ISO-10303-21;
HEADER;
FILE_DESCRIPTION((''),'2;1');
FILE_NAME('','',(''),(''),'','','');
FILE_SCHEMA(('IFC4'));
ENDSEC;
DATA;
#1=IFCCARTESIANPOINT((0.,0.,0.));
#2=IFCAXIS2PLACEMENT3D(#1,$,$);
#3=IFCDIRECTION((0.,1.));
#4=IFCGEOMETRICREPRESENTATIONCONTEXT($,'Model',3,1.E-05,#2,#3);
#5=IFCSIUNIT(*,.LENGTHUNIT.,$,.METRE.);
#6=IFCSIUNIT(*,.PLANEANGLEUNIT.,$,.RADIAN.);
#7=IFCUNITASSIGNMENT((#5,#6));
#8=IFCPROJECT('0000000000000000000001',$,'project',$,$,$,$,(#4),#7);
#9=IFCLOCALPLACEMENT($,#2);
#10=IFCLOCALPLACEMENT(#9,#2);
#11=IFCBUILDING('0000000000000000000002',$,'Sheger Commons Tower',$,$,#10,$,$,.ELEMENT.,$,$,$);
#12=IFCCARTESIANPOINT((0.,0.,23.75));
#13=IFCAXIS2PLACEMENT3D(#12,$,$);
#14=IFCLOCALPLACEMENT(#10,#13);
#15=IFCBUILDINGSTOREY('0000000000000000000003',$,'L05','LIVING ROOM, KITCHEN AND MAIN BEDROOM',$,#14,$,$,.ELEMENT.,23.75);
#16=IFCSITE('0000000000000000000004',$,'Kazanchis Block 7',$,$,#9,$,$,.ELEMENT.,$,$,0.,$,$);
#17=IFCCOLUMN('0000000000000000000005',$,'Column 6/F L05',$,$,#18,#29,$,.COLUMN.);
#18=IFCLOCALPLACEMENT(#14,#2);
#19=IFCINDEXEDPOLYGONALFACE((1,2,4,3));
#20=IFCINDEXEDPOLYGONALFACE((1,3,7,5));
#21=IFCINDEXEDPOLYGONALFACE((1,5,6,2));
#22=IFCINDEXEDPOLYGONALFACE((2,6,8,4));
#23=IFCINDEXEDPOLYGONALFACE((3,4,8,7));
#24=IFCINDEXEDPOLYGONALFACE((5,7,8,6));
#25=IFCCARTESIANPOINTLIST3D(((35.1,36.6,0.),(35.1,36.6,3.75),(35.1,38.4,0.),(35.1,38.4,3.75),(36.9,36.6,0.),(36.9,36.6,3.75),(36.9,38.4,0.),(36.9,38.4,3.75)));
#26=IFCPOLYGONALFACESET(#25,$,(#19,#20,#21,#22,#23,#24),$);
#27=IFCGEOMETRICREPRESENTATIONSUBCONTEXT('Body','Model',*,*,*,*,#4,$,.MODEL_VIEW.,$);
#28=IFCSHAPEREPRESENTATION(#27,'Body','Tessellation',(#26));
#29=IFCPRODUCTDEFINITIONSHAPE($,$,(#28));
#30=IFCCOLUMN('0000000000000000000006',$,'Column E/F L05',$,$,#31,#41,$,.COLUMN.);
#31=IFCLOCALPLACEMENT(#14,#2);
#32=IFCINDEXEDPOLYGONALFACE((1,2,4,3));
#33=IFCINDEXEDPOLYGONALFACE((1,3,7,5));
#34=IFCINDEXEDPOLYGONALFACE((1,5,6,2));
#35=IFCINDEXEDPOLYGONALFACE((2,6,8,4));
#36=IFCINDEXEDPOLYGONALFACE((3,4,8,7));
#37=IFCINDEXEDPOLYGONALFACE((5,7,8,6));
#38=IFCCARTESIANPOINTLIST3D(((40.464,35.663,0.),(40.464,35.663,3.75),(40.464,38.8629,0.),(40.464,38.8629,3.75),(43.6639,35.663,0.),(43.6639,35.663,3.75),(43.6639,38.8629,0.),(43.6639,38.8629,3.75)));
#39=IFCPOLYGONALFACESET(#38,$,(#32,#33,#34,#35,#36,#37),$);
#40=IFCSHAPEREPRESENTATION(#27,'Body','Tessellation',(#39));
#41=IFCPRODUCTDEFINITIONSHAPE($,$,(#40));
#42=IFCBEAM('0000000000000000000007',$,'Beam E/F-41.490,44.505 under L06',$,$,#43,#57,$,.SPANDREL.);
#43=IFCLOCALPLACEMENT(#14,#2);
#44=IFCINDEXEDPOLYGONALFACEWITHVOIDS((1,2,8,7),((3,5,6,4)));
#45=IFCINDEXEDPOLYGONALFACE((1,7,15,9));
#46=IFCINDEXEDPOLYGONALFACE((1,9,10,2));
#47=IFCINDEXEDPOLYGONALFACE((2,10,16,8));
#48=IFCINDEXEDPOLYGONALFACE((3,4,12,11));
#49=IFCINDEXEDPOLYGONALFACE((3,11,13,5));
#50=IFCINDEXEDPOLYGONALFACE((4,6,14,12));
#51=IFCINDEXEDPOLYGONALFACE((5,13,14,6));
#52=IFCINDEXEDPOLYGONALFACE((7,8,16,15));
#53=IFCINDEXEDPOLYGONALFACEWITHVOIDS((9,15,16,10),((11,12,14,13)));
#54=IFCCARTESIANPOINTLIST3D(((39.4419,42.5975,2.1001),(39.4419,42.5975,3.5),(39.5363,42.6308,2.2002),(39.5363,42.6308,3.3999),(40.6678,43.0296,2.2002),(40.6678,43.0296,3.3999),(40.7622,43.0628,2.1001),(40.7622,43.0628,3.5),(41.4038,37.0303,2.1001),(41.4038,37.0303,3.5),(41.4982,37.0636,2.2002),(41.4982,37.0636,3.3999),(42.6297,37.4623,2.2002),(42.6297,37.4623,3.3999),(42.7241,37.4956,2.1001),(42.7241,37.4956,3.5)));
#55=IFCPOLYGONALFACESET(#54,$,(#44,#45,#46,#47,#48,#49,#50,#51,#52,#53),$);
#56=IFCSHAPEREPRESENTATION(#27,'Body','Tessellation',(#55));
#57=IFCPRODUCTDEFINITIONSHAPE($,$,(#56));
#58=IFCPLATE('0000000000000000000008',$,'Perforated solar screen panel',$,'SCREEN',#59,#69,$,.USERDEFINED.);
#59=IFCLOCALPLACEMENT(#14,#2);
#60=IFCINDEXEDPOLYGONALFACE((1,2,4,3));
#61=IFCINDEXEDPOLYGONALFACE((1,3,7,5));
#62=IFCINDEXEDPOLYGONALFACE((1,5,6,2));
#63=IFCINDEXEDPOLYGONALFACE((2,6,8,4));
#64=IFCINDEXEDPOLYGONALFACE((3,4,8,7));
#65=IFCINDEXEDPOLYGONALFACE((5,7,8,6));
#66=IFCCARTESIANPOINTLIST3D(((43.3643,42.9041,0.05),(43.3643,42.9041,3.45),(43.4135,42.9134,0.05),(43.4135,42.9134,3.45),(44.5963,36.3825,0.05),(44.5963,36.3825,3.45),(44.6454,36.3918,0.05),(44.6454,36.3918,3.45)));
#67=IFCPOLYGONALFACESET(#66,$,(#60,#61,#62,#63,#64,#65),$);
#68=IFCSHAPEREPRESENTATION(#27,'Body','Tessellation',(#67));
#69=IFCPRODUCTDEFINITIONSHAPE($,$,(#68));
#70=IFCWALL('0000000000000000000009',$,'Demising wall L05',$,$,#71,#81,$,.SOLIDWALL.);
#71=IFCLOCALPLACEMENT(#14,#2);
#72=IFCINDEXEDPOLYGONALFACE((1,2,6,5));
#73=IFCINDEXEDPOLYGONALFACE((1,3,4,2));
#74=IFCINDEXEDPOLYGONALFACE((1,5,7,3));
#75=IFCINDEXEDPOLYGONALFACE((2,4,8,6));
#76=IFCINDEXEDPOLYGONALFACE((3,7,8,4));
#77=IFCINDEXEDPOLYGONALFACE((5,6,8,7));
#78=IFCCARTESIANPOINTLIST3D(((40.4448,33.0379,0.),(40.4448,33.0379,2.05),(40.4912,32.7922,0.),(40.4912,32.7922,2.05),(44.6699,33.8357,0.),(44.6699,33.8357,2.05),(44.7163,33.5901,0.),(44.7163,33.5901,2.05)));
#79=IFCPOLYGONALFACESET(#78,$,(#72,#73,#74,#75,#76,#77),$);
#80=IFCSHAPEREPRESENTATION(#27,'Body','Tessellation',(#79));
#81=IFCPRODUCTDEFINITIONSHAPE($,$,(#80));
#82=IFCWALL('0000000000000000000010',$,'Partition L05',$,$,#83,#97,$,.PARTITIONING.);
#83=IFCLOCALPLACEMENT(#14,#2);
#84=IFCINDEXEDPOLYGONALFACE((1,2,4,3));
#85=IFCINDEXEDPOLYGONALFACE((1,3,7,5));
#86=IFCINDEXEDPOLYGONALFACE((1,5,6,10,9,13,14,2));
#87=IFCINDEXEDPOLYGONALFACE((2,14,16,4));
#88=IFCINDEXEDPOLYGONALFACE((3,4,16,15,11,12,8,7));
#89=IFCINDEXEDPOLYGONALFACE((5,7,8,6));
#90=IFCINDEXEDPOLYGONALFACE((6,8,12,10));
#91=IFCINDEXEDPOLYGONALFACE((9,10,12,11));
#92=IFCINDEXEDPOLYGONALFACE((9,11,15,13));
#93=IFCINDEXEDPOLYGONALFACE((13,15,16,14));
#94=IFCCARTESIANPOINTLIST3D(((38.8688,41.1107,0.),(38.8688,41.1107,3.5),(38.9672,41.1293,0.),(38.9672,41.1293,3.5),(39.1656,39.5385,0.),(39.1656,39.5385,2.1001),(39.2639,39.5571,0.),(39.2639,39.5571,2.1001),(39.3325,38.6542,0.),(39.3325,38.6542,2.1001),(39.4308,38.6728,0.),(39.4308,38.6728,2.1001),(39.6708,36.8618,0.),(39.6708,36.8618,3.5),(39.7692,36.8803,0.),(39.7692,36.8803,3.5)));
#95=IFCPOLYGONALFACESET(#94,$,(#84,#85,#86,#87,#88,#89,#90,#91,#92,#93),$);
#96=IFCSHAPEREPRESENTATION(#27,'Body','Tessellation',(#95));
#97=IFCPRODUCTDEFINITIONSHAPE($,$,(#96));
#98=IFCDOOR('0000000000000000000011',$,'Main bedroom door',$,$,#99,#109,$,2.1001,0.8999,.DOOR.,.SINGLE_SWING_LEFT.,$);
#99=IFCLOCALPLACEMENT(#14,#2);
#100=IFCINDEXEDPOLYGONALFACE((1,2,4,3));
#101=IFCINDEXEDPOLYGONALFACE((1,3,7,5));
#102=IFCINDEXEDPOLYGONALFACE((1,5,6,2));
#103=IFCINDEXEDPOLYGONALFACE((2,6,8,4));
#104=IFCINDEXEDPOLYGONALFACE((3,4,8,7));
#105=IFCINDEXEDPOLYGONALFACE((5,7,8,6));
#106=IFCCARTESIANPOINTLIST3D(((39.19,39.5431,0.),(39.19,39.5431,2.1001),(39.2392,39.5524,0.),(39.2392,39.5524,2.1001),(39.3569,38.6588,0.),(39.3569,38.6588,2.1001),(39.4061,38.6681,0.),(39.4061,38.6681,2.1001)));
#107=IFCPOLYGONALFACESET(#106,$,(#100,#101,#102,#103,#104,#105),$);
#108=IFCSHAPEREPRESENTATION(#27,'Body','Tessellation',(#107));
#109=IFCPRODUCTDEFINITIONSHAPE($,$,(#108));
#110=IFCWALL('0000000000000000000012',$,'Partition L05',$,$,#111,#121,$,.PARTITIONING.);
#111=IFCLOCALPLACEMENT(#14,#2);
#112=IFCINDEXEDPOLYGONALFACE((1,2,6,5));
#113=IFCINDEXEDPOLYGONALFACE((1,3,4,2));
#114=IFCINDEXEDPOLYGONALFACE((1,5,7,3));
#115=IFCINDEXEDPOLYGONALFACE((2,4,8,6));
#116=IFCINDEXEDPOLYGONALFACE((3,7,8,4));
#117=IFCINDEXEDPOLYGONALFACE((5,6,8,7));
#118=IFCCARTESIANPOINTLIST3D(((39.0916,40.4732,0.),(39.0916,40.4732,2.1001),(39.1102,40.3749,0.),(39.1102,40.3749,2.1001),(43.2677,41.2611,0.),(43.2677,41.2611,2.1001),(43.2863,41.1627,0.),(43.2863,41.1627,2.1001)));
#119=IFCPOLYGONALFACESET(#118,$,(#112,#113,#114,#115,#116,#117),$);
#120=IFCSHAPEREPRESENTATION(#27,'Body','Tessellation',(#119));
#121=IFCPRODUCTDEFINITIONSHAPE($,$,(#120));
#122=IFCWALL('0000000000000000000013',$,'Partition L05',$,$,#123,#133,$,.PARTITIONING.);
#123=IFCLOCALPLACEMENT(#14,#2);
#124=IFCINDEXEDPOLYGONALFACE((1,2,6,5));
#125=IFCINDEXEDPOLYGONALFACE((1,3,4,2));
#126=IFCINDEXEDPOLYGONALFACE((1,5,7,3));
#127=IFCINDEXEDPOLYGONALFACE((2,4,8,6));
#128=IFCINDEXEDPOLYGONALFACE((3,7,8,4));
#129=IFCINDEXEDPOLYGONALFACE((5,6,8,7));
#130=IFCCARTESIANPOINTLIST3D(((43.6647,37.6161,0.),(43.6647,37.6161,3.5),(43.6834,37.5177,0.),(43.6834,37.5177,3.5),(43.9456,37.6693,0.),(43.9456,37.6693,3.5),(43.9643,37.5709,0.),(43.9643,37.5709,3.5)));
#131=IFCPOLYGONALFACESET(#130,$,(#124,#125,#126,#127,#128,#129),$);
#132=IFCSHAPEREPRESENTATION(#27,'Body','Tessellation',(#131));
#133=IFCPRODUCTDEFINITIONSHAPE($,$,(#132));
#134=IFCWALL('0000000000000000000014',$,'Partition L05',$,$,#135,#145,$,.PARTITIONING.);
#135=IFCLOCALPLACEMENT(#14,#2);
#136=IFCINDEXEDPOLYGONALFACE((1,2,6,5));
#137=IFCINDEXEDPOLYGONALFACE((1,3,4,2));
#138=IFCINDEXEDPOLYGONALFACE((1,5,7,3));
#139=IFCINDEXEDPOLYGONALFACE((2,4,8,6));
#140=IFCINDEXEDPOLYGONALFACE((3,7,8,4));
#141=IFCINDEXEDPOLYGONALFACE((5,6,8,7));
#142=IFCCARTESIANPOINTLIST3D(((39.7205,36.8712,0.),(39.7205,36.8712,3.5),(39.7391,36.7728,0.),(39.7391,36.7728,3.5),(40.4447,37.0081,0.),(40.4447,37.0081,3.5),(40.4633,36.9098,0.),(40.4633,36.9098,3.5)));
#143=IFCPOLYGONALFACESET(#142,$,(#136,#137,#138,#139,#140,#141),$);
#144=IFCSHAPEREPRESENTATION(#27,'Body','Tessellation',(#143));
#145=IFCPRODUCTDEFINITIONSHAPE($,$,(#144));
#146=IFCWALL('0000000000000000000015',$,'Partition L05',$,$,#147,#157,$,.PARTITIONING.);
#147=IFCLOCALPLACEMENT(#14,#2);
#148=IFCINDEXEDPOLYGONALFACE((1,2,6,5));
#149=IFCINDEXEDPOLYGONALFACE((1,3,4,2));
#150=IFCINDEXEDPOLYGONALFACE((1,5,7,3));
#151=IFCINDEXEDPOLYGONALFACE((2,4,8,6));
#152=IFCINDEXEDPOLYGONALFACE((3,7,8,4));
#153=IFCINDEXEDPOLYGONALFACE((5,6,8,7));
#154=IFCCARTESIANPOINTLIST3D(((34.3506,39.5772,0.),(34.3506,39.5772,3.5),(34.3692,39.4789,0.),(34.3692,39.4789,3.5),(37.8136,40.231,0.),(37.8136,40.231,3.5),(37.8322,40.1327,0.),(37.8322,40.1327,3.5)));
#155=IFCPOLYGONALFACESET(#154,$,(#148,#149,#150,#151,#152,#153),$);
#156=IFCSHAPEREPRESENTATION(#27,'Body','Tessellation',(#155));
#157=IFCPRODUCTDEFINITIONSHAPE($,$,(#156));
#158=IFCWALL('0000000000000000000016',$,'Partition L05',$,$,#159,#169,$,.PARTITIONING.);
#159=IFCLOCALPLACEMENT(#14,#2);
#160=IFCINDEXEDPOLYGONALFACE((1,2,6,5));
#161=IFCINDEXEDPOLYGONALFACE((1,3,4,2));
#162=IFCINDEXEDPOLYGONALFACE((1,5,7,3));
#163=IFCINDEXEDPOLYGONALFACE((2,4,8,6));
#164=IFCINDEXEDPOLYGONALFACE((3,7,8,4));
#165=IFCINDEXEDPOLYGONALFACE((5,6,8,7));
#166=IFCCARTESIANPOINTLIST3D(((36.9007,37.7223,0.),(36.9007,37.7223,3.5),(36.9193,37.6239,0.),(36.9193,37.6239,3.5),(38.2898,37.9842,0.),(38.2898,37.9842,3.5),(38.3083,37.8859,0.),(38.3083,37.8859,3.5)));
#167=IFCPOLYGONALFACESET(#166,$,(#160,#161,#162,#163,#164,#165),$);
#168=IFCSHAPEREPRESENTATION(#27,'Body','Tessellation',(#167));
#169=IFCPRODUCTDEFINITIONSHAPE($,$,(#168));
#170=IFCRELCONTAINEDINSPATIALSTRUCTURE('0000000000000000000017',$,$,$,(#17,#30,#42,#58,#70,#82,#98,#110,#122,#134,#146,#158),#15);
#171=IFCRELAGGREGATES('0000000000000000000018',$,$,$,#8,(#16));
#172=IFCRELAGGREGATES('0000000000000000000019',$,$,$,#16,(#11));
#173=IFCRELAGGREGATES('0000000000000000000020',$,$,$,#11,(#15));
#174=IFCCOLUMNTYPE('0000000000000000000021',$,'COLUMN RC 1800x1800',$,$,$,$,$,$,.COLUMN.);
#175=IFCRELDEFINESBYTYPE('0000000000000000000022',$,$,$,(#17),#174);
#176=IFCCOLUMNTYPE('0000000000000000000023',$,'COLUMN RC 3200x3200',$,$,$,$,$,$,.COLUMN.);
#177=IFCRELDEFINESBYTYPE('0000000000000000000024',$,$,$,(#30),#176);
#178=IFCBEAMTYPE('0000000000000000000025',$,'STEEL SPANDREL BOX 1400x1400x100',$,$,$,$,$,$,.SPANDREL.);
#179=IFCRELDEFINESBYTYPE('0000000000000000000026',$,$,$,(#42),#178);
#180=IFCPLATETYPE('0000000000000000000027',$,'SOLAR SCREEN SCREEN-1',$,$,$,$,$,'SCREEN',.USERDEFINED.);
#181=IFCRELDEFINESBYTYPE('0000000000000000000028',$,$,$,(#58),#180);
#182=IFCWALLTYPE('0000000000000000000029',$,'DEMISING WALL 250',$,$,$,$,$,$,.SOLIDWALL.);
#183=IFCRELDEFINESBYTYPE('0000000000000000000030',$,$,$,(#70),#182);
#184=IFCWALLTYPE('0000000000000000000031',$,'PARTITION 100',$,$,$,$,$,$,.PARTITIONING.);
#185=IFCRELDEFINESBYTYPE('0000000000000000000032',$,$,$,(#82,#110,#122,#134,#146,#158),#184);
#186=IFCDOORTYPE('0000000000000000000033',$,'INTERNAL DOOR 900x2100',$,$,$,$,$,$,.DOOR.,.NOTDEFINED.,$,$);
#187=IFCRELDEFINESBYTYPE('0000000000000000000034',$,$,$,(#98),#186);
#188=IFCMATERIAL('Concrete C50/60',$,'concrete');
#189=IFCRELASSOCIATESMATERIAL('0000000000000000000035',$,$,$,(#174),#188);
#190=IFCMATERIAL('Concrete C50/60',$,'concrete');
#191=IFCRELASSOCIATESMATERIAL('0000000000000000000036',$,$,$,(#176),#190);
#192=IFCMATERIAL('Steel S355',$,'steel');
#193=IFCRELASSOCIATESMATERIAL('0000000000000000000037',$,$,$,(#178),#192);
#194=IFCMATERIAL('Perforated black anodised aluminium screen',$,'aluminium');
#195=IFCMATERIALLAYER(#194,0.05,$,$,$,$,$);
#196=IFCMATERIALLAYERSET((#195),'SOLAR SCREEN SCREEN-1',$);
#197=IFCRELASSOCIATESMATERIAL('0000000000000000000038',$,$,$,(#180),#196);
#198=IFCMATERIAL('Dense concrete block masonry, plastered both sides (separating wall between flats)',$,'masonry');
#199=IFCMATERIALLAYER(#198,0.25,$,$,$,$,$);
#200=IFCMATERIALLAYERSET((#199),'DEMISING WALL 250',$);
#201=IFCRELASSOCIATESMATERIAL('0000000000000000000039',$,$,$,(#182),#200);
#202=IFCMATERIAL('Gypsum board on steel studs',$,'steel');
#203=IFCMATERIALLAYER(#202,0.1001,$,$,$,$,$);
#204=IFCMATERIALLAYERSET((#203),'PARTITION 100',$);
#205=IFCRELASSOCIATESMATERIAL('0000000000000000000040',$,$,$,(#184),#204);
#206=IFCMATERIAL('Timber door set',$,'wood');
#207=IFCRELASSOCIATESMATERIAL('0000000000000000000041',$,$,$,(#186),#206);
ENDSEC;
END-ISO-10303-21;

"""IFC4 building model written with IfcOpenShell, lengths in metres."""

from ifc_helpers import new_model, si_unit, direction, frame, frame_2d, origin, origin_2d, place, context, subcontext, project, spatial, rectangle, hollow_rectangle, extrude, material, layer, layer_set, material_profile, profile_set, type_object, element, fill, save


model = new_model("IFC4")

# Units and contexts
model_context = context("Model", 3, precision=1e-05, world=origin(), true_north=direction((0.0, 1.0)))
body_context = subcontext(model_context, "Body", "Model", "MODEL_VIEW")
ifc_project = project(units=[si_unit("LENGTHUNIT", "METRE"), si_unit("PLANEANGLEUNIT", "RADIAN")], contexts=[model_context])

# Site, building, storey
site_placement = place(None, origin())
site = spatial("IfcSite", under=ifc_project, at=site_placement, Name="Kazanchis Block 7", CompositionType="ELEMENT", RefElevation=0.0)
building_placement = place(site_placement, origin())
building = spatial("IfcBuilding", under=site, at=building_placement, Name="Sheger Commons Tower", CompositionType="ELEMENT")
storey_placement = place(building_placement, frame((0.0, 0.0, 23.75)))
storey = spatial("IfcBuildingStorey", under=building, at=storey_placement, Name="L05", Description="LIVING ROOM, KITCHEN AND MAIN BEDROOM", CompositionType="ELEMENT", Elevation=23.75)

# Columns
ifc_material_1 = material(Name="Concrete C50/60", Category="concrete")
ifc_material_profile_1 = material_profile(ifc_material_1, rectangle(XDim=1.8, YDim=1.8, at=origin_2d()), Name="RC 1800x1800")
ifc_profile_set_1 = profile_set([ifc_material_profile_1], Name="Concrete C50/60")
column_type_1 = type_object("IfcColumnType", Name="COLUMN RC 1800x1800", PredefinedType="COLUMN", material=ifc_profile_set_1)
column_1_placement = place(storey_placement, frame((36.0, 37.5, 0.0), z_axis=(0.0, 0.0, 1.0), x_axis=(1.0, 0.0, 0.0)))
element("IfcColumn", 1, at=column_1_placement, inside=storey, type_object=column_type_1, Name="Column 6/F L05", PredefinedType="COLUMN", context=body_context, shape_type="SweptSolid", body=[
    extrude(rectangle(XDim=1.8, YDim=1.8, at=origin_2d()), origin(), (0.0, 0.0, 1.0), 3.75),
])
ifc_material_2 = material(Name="Concrete C50/60", Category="concrete")
ifc_material_profile_2 = material_profile(ifc_material_2, rectangle(XDim=3.2, YDim=3.2, at=origin_2d()), Name="RC 3200x3200")
ifc_profile_set_2 = profile_set([ifc_material_profile_2], Name="Concrete C50/60")
column_type_2 = type_object("IfcColumnType", Name="COLUMN RC 3200x3200", PredefinedType="COLUMN", material=ifc_profile_set_2)
column_2_placement = place(storey_placement, frame((42.064, 37.2629, 0.0), z_axis=(0.0, 0.0, 1.0), x_axis=(1.0, 0.0, 0.0)))
element("IfcColumn", 2, at=column_2_placement, inside=storey, type_object=column_type_2, Name="Column E/F L05", PredefinedType="COLUMN", context=body_context, shape_type="SweptSolid", body=[
    extrude(rectangle(XDim=3.2, YDim=3.2, at=origin_2d()), origin(), (0.0, 0.0, 1.0), 3.75),
])

# Beam
ifc_material_3 = material(Name="Steel S355", Category="steel")
ifc_material_profile_3 = material_profile(ifc_material_3, hollow_rectangle(XDim=1.3999, YDim=1.3999, WallThickness=0.1001, at=origin_2d()), Name="BOX 1400x1400x100")
ifc_profile_set_3 = profile_set([ifc_material_profile_3], Name="Steel S355")
beam_type = type_object("IfcBeamType", Name="STEEL SPANDREL BOX 1400x1400x100", PredefinedType="SPANDREL", material=ifc_profile_set_3)
beam_placement = place(storey_placement, frame((42.064, 37.2629, 2.8), z_axis=(-0.332374, 0.943148, 0.0), x_axis=(-0.943148, -0.332374, 0.0)))
element("IfcBeam", 3, at=beam_placement, inside=storey, type_object=beam_type, Name="Beam E/F-41.490,44.505 under L06", PredefinedType="SPANDREL", context=body_context, shape_type="SweptSolid", body=[
    extrude(hollow_rectangle(XDim=1.3999, YDim=1.3999, WallThickness=0.1001, at=origin_2d()), origin(), (0.0, 0.0, 1.0), 5.9028),
])

# Plate
ifc_material_4 = material(Name="Perforated black anodised aluminium screen", Category="aluminium")
ifc_layer_1 = layer(ifc_material_4, 0.05)
ifc_layer_set_1 = layer_set([ifc_layer_1], Name="SOLAR SCREEN SCREEN-1")
plate_type = type_object("IfcPlateType", Name="SOLAR SCREEN SCREEN-1", ElementType="SCREEN", PredefinedType="USERDEFINED", material=ifc_layer_set_1)
plate_placement = place(storey_placement, frame((44.0049, 39.6479, 0.05), z_axis=(0.0, 0.0, 1.0), x_axis=(-0.185615, 0.982623, 0.0)))
element("IfcPlate", 4, at=plate_placement, inside=storey, type_object=plate_type, Name="Perforated solar screen panel", ObjectType="SCREEN", PredefinedType="USERDEFINED", context=body_context, shape_type="SweptSolid", body=[
    extrude(rectangle(XDim=6.637, YDim=0.05, at=origin_2d()), origin(), (0.0, 0.0, 1.0), 3.3999),
])

# Wall
ifc_material_5 = material(Name="Dense concrete block masonry, plastered both sides (separating wall between flats)", Category="masonry")
ifc_layer_2 = layer(ifc_material_5, 0.25)
ifc_layer_set_2 = layer_set([ifc_layer_2], Name="DEMISING WALL 250")
wall_type_1 = type_object("IfcWallType", Name="DEMISING WALL 250", PredefinedType="SOLIDWALL", material=ifc_layer_set_2)
wall_1_placement = place(storey_placement, frame((44.6931, 33.7129, 0.0), z_axis=(0.0, 0.0, 1.0), x_axis=(-0.982634, -0.185557, 0.0)))
element("IfcWall", 5, at=wall_1_placement, inside=storey, type_object=wall_type_1, Name="Demising wall L05", PredefinedType="SOLIDWALL", context=body_context, shape_type="SweptSolid", body=[
    extrude(rectangle(XDim=4.2998, YDim=0.25, at=frame_2d((2.1499, 0.0))), origin(), (0.0, 0.0, 1.0), 2.05),
])

# Wall, opening, door
ifc_material_6 = material(Name="Gypsum board on steel studs", Category="steel")
ifc_layer_3 = layer(ifc_material_6, 0.1001)
ifc_layer_set_3 = layer_set([ifc_layer_3], Name="PARTITION 100")
wall_type_2 = type_object("IfcWallType", Name="PARTITION 100", PredefinedType="PARTITIONING", material=ifc_layer_set_3)
wall_2_placement = place(storey_placement, frame((38.918, 41.1201, 0.0), z_axis=(0.0, 0.0, 1.0), x_axis=(0.185475, -0.982649, 0.0)))
wall_2 = element("IfcWall", 6, at=wall_2_placement, inside=storey, type_object=wall_type_2, Name="Partition L05", PredefinedType="PARTITIONING", context=body_context, shape_type="SweptSolid", body=[
    extrude(rectangle(XDim=4.324, YDim=0.1001, at=frame_2d((2.1621, 0.0))), origin(), (0.0, 0.0, 1.0), 3.5),
])
opening_placement = place(wall_2_placement, frame((1.6001, 0.0, 0.0)))
opening = element("IfcOpeningElement", 7, at=opening_placement, cuts=wall_2, PredefinedType="OPENING", context=body_context, shape_type="SweptSolid", body=[
    extrude(rectangle(XDim=0.8999, YDim=2.1001, at=frame_2d((0.45, 1.05))), frame((0.0, 0.0601, 0.0), z_axis=(0.0, -1.0, 0.0), x_axis=(1.0, 0.0, 0.0)), (0.0, 0.0, 1.0), 0.1201),
])
ifc_material_7 = material(Name="Timber door set", Category="wood")
door_type = type_object("IfcDoorType", Name="INTERNAL DOOR 900x2100", OperationType="NOTDEFINED", PredefinedType="DOOR", material=ifc_material_7)
door_placement = place(opening_placement, origin())
door = element("IfcDoor", 8, at=door_placement, inside=storey, type_object=door_type, Name="Main bedroom door", OperationType="SINGLE_SWING_LEFT", OverallHeight=2.1001, OverallWidth=0.8999, PredefinedType="DOOR", context=body_context, shape_type="SweptSolid", body=[
    extrude(rectangle(XDim=0.8999, YDim=2.1001, at=frame_2d((0.45, 1.05))), frame((0.0, 0.0249, 0.0), z_axis=(0.0, -1.0, 0.0), x_axis=(1.0, 0.0, 0.0)), (0.0, 0.0, 1.0), 0.05),
])
fill(opening, door)

# Walls
wall_3_placement = place(storey_placement, frame((43.2771, 41.2119, 0.0), z_axis=(0.0, 0.0, 1.0), x_axis=(-0.982665, -0.185388, 0.0)))
element("IfcWall", 9, at=wall_3_placement, inside=storey, type_object=wall_type_2, Name="Partition L05", PredefinedType="PARTITIONING", context=body_context, shape_type="SweptSolid", body=[
    extrude(rectangle(XDim=4.2498, YDim=0.1001, at=frame_2d((2.125, 0.0))), origin(), (0.0, 0.0, 1.0), 2.1001),
])
wall_4_placement = place(storey_placement, frame((43.9551, 37.6201, 0.0), z_axis=(0.0, 0.0, 1.0), x_axis=(-0.982532, -0.186092, 0.0)))
element("IfcWall", 10, at=wall_4_placement, inside=storey, type_object=wall_type_2, Name="Partition L05", PredefinedType="PARTITIONING", context=body_context, shape_type="SweptSolid", body=[
    extrude(rectangle(XDim=0.2859, YDim=0.1001, at=frame_2d((0.1431, 0.0))), origin(), (0.0, 0.0, 1.0), 3.5),
])
wall_5_placement = place(storey_placement, frame((40.4541, 36.959, 0.0), z_axis=(0.0, 0.0, 1.0), x_axis=(-0.982578, -0.185848, 0.0)))
element("IfcWall", 11, at=wall_5_placement, inside=storey, type_object=wall_type_2, Name="Partition L05", PredefinedType="PARTITIONING", context=body_context, shape_type="SweptSolid", body=[
    extrude(rectangle(XDim=0.7371, YDim=0.1001, at=frame_2d((0.3687, 0.0))), origin(), (0.0, 0.0, 1.0), 3.5),
])
wall_6_placement = place(storey_placement, frame((37.823, 40.1819, 0.0), z_axis=(0.0, 0.0, 1.0), x_axis=(-0.982639, -0.185527, 0.0)))
element("IfcWall", 12, at=wall_6_placement, inside=storey, type_object=wall_type_2, Name="Partition L05", PredefinedType="PARTITIONING", context=body_context, shape_type="SweptSolid", body=[
    extrude(rectangle(XDim=3.5242, YDim=0.1001, at=frame_2d((1.7622, 0.0))), origin(), (0.0, 0.0, 1.0), 3.5),
])
wall_7_placement = place(storey_placement, frame((38.2991, 37.9351, 0.0), z_axis=(0.0, 0.0, 1.0), x_axis=(-0.98268, -0.18531, 0.0)))
element("IfcWall", 13, at=wall_7_placement, inside=storey, type_object=wall_type_2, Name="Partition L05", PredefinedType="PARTITIONING", context=body_context, shape_type="SweptSolid", body=[
    extrude(rectangle(XDim=1.4136, YDim=0.1001, at=frame_2d((0.7068, 0.0))), origin(), (0.0, 0.0, 1.0), 3.5),
])

save(model, "model.ifc")
